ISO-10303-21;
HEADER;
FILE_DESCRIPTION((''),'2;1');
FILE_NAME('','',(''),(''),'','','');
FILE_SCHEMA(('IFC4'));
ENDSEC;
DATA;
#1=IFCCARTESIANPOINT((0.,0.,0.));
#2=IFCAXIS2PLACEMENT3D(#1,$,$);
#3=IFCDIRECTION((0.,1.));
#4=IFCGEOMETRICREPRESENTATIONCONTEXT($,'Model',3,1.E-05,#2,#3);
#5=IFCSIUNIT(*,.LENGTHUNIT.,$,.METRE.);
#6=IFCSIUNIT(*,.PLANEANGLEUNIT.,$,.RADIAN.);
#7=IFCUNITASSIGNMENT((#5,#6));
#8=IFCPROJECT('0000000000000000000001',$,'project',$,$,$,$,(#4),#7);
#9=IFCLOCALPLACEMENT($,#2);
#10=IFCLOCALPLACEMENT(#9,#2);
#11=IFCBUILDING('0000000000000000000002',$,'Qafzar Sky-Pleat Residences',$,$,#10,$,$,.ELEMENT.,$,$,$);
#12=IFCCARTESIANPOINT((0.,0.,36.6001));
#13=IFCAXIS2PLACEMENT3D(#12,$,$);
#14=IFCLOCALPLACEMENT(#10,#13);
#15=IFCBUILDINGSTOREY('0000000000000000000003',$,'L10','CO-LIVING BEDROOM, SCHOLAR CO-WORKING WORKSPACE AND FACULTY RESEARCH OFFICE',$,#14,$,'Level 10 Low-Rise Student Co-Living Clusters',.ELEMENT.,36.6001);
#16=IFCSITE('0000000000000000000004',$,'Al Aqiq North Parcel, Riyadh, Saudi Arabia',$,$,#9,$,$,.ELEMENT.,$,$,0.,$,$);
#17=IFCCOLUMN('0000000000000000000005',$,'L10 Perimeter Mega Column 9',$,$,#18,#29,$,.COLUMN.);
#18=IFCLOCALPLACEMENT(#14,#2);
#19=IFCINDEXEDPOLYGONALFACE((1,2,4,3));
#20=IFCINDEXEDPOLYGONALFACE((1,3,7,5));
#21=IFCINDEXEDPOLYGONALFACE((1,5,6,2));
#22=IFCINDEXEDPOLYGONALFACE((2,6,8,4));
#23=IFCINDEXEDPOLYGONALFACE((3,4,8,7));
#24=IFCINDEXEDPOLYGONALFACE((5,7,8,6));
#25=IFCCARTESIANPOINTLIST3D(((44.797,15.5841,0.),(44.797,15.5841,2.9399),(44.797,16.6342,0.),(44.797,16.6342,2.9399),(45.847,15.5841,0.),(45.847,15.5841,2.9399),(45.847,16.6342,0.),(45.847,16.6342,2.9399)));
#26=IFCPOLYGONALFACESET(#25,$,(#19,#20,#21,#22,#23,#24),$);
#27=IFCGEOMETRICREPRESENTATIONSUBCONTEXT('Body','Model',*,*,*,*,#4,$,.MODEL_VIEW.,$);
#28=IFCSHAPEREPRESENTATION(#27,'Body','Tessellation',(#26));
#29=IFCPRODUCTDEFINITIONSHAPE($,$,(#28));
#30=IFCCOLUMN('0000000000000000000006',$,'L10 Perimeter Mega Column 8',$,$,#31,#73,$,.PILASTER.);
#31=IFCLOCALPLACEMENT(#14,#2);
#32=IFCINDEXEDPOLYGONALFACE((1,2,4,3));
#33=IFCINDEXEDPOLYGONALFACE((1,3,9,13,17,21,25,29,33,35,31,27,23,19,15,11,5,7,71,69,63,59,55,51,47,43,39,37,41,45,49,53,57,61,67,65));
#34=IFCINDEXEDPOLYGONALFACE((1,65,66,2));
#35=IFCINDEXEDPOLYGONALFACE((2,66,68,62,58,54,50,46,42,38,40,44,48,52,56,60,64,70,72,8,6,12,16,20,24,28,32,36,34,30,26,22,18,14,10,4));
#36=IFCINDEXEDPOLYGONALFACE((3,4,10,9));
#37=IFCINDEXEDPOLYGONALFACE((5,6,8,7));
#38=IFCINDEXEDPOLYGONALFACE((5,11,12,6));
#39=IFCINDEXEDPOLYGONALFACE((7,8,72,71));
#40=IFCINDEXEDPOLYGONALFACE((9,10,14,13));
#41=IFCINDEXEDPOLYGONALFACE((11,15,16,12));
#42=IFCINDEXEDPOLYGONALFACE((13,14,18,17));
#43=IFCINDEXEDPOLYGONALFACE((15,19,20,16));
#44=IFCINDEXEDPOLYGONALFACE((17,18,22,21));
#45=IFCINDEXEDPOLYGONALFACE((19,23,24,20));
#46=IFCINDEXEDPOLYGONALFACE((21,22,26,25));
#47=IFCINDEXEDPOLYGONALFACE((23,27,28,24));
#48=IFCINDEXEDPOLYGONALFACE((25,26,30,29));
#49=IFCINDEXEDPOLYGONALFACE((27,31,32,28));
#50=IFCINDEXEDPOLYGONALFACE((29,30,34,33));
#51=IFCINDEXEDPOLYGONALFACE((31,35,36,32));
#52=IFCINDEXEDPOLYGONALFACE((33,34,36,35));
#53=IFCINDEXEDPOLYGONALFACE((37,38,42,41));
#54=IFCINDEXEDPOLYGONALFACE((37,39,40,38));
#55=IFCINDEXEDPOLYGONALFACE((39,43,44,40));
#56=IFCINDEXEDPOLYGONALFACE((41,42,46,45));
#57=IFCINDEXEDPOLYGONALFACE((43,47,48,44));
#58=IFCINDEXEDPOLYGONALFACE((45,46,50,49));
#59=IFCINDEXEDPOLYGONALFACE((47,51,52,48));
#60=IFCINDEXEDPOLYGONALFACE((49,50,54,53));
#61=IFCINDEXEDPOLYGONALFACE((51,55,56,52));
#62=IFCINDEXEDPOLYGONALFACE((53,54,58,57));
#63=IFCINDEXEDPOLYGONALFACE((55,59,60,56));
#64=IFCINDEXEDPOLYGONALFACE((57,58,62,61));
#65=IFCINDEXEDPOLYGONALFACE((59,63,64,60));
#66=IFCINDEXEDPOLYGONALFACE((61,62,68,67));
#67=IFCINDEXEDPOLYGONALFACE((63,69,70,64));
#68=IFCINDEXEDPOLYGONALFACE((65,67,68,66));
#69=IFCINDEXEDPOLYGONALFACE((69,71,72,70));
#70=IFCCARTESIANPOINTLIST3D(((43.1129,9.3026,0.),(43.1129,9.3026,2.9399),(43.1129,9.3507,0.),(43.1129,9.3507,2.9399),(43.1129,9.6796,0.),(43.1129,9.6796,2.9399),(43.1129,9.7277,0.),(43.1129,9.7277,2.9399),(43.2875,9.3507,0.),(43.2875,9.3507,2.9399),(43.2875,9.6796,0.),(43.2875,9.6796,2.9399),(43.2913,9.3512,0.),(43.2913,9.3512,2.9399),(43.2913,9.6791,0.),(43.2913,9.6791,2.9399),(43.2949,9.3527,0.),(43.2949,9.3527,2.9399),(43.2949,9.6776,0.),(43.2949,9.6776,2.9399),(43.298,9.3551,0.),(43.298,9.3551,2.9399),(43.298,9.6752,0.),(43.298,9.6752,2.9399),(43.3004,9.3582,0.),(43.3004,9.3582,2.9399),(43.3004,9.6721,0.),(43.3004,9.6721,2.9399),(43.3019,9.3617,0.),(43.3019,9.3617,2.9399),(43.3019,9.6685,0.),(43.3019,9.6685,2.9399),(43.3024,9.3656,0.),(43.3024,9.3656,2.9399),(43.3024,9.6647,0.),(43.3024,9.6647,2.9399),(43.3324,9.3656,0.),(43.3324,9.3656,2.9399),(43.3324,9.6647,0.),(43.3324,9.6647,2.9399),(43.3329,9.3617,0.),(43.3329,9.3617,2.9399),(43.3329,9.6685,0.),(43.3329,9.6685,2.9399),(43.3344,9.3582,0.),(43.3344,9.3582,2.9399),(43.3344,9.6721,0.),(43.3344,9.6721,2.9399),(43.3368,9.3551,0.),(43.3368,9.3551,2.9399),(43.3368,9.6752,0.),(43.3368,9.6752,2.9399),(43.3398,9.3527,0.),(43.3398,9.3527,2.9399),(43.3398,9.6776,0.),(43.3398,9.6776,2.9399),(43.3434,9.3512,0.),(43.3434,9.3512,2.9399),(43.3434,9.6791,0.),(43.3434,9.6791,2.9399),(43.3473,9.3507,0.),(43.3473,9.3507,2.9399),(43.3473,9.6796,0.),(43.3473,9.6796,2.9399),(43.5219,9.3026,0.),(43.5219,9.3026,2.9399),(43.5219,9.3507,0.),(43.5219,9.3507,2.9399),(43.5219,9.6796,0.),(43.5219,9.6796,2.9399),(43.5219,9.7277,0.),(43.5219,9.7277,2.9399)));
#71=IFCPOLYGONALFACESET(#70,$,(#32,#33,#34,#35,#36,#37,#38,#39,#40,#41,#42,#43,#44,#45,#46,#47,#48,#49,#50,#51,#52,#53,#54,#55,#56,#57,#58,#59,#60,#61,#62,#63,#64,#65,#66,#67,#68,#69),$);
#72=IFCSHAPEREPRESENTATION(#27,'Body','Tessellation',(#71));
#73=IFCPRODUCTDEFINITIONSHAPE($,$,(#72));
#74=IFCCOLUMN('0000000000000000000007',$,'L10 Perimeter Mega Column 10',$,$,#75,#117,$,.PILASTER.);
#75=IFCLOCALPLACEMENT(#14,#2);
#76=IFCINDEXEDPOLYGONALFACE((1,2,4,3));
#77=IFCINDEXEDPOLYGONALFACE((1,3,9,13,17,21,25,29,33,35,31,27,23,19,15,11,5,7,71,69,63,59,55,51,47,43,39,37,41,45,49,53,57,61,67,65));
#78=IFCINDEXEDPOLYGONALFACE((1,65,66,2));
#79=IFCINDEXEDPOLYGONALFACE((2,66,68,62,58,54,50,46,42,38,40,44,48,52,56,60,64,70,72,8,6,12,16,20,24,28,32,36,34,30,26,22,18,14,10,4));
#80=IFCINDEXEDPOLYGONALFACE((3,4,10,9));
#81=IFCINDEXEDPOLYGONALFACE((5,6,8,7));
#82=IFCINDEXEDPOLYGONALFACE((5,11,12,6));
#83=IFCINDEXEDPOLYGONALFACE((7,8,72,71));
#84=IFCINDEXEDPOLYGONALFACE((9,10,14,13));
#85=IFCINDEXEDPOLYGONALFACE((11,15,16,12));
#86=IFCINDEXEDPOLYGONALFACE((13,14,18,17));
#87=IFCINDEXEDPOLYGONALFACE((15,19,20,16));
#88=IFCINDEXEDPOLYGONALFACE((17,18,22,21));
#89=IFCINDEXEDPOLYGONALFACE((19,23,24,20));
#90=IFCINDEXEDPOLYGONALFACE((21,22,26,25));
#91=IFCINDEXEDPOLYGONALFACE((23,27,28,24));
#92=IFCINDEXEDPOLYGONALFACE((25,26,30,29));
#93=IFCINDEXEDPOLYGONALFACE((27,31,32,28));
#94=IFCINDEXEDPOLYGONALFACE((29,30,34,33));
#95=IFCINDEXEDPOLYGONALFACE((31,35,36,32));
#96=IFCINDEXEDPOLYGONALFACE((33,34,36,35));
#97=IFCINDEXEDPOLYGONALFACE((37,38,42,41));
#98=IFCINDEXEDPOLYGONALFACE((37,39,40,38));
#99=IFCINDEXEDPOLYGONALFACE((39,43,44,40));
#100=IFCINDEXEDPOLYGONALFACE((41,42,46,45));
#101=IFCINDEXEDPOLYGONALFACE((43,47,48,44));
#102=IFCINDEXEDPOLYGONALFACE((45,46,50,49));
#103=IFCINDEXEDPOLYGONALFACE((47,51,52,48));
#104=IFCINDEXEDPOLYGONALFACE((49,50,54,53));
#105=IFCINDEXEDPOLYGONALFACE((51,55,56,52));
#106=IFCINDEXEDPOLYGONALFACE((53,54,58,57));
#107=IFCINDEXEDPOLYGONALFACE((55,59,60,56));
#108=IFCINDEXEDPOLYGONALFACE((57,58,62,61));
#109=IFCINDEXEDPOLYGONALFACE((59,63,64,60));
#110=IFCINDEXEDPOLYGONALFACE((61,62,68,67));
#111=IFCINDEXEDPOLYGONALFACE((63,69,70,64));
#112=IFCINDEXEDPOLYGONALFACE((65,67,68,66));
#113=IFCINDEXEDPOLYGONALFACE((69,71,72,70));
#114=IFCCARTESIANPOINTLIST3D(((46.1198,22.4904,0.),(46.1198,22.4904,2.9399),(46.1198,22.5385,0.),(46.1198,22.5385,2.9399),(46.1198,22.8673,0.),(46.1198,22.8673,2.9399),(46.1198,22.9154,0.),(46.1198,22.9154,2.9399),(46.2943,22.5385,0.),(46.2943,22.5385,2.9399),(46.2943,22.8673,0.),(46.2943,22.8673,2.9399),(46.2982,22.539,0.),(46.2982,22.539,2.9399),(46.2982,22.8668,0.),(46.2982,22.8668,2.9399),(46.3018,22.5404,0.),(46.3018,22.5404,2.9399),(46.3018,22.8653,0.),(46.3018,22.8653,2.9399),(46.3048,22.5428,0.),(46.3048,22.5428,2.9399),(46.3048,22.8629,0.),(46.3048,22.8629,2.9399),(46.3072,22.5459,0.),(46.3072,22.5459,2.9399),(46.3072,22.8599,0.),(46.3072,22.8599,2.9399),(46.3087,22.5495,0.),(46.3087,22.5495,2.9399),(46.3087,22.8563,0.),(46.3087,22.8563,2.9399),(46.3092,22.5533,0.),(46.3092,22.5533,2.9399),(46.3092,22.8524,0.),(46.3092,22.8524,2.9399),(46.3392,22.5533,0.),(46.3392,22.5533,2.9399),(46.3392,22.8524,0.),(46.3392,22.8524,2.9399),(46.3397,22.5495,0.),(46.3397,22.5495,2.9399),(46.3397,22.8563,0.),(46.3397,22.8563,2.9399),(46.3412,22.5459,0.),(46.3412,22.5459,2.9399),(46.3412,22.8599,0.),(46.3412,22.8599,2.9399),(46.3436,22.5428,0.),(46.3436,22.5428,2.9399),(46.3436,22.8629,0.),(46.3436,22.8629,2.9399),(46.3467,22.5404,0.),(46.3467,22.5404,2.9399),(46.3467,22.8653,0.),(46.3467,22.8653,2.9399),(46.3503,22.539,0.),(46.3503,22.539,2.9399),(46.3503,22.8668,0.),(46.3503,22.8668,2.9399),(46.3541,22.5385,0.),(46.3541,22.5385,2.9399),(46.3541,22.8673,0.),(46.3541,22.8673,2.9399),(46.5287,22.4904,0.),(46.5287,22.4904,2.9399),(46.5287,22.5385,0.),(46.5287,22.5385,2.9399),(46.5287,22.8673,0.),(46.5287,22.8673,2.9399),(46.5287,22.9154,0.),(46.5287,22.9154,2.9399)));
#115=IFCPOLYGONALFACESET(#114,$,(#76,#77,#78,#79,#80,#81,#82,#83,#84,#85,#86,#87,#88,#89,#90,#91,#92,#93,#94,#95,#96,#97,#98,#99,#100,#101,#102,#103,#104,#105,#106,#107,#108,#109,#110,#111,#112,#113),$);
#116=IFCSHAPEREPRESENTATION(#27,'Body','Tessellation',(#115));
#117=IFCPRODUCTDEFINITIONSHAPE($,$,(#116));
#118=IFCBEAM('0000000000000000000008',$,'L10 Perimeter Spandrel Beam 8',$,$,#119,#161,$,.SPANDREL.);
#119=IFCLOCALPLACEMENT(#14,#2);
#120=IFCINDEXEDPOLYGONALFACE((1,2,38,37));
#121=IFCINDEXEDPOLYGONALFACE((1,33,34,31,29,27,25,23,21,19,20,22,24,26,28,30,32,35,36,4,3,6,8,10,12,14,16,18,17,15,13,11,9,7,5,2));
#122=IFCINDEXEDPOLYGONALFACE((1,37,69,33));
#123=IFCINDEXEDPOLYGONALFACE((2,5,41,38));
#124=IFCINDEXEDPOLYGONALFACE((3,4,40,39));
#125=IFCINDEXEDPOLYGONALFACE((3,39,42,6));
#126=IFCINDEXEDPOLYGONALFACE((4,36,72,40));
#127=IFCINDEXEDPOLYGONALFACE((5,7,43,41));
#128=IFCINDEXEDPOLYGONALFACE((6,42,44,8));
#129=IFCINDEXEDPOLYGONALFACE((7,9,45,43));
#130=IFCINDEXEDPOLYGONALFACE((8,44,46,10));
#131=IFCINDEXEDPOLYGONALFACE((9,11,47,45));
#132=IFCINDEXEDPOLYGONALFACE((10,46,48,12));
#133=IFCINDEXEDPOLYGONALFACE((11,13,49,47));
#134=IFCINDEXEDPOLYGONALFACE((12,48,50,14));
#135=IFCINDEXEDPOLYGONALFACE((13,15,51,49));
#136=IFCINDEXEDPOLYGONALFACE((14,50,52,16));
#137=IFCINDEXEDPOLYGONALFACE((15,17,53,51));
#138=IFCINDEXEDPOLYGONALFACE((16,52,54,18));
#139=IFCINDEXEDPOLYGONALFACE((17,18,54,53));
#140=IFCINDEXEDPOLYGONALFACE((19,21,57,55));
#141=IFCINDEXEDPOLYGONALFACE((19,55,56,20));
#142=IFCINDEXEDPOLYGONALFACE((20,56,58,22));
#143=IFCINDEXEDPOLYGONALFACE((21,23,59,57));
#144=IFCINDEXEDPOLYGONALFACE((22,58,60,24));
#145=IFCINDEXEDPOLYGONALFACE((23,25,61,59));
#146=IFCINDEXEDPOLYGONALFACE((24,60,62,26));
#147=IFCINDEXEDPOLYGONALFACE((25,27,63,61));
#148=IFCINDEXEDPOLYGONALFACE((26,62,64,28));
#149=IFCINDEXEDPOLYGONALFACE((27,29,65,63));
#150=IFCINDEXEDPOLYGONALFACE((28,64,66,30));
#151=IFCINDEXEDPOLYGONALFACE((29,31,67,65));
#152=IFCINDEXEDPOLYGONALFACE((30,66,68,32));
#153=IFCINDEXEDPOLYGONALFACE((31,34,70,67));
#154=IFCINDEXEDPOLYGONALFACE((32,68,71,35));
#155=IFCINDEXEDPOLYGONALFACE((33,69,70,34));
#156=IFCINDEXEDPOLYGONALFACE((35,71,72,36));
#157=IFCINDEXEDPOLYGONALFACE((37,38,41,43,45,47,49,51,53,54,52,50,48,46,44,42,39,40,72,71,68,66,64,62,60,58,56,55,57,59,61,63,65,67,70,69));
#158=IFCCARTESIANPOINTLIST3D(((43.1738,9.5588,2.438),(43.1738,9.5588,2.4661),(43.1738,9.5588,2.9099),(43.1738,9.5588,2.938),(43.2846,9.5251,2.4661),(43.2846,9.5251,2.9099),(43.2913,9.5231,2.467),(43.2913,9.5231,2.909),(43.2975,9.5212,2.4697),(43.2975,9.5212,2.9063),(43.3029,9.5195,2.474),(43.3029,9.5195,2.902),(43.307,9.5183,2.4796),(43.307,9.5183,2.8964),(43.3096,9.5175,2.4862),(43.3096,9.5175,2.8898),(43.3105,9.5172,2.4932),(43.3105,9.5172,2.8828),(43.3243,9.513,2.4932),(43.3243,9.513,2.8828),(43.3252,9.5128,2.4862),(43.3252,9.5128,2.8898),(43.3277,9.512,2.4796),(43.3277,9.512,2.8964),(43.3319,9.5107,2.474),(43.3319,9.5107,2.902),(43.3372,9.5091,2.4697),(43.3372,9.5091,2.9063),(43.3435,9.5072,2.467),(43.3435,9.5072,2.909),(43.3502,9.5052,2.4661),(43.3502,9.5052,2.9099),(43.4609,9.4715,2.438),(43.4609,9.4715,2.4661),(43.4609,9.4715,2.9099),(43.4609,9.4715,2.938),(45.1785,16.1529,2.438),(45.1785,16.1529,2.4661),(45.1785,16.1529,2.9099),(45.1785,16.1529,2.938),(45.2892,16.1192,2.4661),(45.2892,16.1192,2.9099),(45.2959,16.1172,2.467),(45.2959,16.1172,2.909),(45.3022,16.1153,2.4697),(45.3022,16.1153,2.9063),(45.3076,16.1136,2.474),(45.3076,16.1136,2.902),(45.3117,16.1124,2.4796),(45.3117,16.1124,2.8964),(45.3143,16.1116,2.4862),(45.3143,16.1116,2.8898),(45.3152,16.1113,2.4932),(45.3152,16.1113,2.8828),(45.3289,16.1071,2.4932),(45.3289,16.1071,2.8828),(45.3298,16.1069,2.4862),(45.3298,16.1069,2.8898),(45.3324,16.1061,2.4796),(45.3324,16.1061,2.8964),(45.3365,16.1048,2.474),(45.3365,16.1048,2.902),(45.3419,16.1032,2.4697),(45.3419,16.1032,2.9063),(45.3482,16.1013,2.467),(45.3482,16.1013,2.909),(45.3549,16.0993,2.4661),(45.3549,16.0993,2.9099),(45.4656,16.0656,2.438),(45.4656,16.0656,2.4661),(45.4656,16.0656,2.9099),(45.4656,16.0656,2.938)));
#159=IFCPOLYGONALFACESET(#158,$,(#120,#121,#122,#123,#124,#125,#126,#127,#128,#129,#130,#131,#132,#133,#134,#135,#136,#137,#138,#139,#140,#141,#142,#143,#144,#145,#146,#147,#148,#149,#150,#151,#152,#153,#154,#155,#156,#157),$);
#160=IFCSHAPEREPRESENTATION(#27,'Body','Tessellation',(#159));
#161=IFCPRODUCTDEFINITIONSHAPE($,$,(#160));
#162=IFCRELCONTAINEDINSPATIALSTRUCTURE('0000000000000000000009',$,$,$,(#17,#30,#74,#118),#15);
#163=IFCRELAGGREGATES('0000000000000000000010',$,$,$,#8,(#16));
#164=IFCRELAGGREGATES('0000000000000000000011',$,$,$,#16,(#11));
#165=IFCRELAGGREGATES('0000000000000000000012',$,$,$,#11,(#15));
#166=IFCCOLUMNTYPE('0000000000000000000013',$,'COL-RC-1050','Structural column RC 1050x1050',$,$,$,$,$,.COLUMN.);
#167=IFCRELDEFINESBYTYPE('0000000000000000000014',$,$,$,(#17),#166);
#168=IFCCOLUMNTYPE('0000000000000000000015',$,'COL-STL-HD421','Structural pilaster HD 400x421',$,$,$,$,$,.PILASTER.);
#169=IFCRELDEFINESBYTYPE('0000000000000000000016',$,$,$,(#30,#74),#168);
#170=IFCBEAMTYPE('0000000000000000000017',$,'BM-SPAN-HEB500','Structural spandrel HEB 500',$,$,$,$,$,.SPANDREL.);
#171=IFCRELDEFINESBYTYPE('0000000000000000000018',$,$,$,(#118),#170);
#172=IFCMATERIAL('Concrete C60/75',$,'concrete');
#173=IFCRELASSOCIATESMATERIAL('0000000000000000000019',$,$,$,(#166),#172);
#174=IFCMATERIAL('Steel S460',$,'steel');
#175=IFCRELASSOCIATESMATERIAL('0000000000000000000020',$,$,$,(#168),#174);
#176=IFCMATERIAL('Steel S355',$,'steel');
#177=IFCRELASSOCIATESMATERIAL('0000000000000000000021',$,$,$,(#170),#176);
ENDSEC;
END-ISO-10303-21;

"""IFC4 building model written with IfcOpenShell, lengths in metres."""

from ifc_helpers import new_model, si_unit, direction, frame, origin, origin_2d, place, context, subcontext, project, spatial, rectangle, i_section, extrude, source, transform, mapped, material, material_profile, profile_set, type_object, element, save


model = new_model("IFC4")

# Units and contexts
model_context = context("Model", 3, precision=1e-05, world=origin(), true_north=direction((0.0, 1.0)))
body_context = subcontext(model_context, "Body", "Model", "MODEL_VIEW")
ifc_project = project(units=[si_unit("LENGTHUNIT", "METRE"), si_unit("PLANEANGLEUNIT", "RADIAN")], contexts=[model_context])

# Site, building, storey
site_placement = place(None, origin())
site = spatial("IfcSite", under=ifc_project, at=site_placement, Name="Al Aqiq North Parcel, Riyadh, Saudi Arabia", CompositionType="ELEMENT", RefElevation=0.0)
building_placement = place(site_placement, origin())
building = spatial("IfcBuilding", under=site, at=building_placement, Name="Qafzar Sky-Pleat Residences", CompositionType="ELEMENT")
storey_placement = place(building_placement, frame((0.0, 0.0, 36.6001)))
storey = spatial("IfcBuildingStorey", under=building, at=storey_placement, Name="L10", Description="CO-LIVING BEDROOM, SCHOLAR CO-WORKING WORKSPACE AND FACULTY RESEARCH OFFICE", LongName="Level 10 Low-Rise Student Co-Living Clusters", CompositionType="ELEMENT", Elevation=36.6001)

# Columns
ifc_material_1 = material(Name="Concrete C60/75", Category="concrete")
ifc_material_profile_1 = material_profile(ifc_material_1, rectangle(XDim=1.05, YDim=1.05, at=origin_2d()), Name="RC 1050x1050")
ifc_profile_set_1 = profile_set([ifc_material_profile_1], Name="Concrete C60/75")
column_type_1 = type_object("IfcColumnType", Name="COL-RC-1050", Description="Structural column RC 1050x1050", PredefinedType="COLUMN", material=ifc_profile_set_1)
shared_shape_1 = source(origin(), body_context, "Body", "SweptSolid", [
    extrude(rectangle(XDim=1.05, YDim=1.05, at=origin_2d()), origin(), (0.0, 0.0, 1.0), 2.9399),
])
column_placement = place(storey_placement, frame((45.322, 16.1091, 0.0), z_axis=(0.0, 0.0, 1.0), x_axis=(1.0, 0.0, 0.0)))
element("IfcColumn", 1, at=column_placement, inside=storey, type_object=column_type_1, Name="L10 Perimeter Mega Column 9", PredefinedType="COLUMN", context=body_context, shape_type="MappedRepresentation", body=[
    mapped(shared_shape_1, transform((0.0, 0.0, 0.0), x_axis=(1.0, 0.0, 0.0), y_axis=(0.0, 1.0, 0.0), z_axis=(0.0, 0.0, 1.0), scale=1.0)),
])
ifc_material_2 = material(Name="Steel S460", Category="steel")
ifc_material_profile_2 = material_profile(ifc_material_2, i_section(OverallWidth=0.4089, OverallDepth=0.425, WebThickness=0.03, FlangeThickness=0.0481, FilletRadius=0.0149, at=origin_2d()), Name="HD 400x421")
ifc_profile_set_2 = profile_set([ifc_material_profile_2], Name="Steel S460")
column_type_2 = type_object("IfcColumnType", Name="COL-STL-HD421", Description="Structural pilaster HD 400x421", PredefinedType="PILASTER", material=ifc_profile_set_2)
shared_shape_2 = source(origin(), body_context, "Body", "SweptSolid", [
    extrude(i_section(OverallWidth=0.4089, OverallDepth=0.425, WebThickness=0.03, FlangeThickness=0.0481, FilletRadius=0.0149, at=origin_2d()), origin(), (0.0, 0.0, 1.0), 2.9399),
])
for number, where, z_axis, x_axis, name in (
    (2, (43.3174, 9.5151, 0.0), (0.0, 0.0, 1.0), (1.0, 0.0, 0.0), "L10 Perimeter Mega Column 8"),
    (3, (46.3242, 22.7029, 0.0), (0.0, 0.0, 1.0), (1.0, 0.0, 0.0), "L10 Perimeter Mega Column 10"),
):
    element("IfcColumn", number, at=place(storey_placement, frame(where, z_axis=z_axis, x_axis=x_axis)), inside=storey, type_object=column_type_2, Name=name, PredefinedType="PILASTER", context=body_context, shape_type="MappedRepresentation", body=[
        mapped(shared_shape_2, transform((0.0, 0.0, 0.0), x_axis=(1.0, 0.0, 0.0), y_axis=(0.0, 1.0, 0.0), z_axis=(0.0, 0.0, 1.0), scale=1.0)),
    ])

# Beam
ifc_material_3 = material(Name="Steel S355", Category="steel")
ifc_material_profile_3 = material_profile(ifc_material_3, i_section(OverallWidth=0.3, OverallDepth=0.5, WebThickness=0.0144, FlangeThickness=0.0281, FilletRadius=0.0271, at=origin_2d()), Name="HEB 500")
ifc_profile_set_3 = profile_set([ifc_material_profile_3], Name="Steel S355")
beam_type_1 = type_object("IfcBeamType", Name="BM-SPAN-HEB500", Description="Structural spandrel HEB 500", PredefinedType="SPANDREL", material=ifc_profile_set_3)
shared_shape_3 = source(origin(), body_context, "Body", "SweptSolid", [
    extrude(i_section(OverallWidth=0.3, OverallDepth=0.5, WebThickness=0.0144, FlangeThickness=0.0281, FilletRadius=0.0271, at=origin_2d()), origin(), (0.0, 0.0, 1.0), 6.8921),
])
beam_1_placement = place(storey_placement, frame((43.3174, 9.5151, 2.688), z_axis=(0.290866, 0.956764, 0.0), x_axis=(-0.956764, 0.290866, 0.0)))
element("IfcBeam", 4, at=beam_1_placement, inside=storey, type_object=beam_type_1, Name="L10 Perimeter Spandrel Beam 8", PredefinedType="SPANDREL", context=body_context, shape_type="MappedRepresentation", body=[
    mapped(shared_shape_3, transform((0.0, 0.0, 0.0), x_axis=(1.0, 0.0, 0.0), y_axis=(0.0, 1.0, 0.0), z_axis=(0.0, 0.0, 1.0), scale=1.0)),
])

save(model, "model.ifc")
